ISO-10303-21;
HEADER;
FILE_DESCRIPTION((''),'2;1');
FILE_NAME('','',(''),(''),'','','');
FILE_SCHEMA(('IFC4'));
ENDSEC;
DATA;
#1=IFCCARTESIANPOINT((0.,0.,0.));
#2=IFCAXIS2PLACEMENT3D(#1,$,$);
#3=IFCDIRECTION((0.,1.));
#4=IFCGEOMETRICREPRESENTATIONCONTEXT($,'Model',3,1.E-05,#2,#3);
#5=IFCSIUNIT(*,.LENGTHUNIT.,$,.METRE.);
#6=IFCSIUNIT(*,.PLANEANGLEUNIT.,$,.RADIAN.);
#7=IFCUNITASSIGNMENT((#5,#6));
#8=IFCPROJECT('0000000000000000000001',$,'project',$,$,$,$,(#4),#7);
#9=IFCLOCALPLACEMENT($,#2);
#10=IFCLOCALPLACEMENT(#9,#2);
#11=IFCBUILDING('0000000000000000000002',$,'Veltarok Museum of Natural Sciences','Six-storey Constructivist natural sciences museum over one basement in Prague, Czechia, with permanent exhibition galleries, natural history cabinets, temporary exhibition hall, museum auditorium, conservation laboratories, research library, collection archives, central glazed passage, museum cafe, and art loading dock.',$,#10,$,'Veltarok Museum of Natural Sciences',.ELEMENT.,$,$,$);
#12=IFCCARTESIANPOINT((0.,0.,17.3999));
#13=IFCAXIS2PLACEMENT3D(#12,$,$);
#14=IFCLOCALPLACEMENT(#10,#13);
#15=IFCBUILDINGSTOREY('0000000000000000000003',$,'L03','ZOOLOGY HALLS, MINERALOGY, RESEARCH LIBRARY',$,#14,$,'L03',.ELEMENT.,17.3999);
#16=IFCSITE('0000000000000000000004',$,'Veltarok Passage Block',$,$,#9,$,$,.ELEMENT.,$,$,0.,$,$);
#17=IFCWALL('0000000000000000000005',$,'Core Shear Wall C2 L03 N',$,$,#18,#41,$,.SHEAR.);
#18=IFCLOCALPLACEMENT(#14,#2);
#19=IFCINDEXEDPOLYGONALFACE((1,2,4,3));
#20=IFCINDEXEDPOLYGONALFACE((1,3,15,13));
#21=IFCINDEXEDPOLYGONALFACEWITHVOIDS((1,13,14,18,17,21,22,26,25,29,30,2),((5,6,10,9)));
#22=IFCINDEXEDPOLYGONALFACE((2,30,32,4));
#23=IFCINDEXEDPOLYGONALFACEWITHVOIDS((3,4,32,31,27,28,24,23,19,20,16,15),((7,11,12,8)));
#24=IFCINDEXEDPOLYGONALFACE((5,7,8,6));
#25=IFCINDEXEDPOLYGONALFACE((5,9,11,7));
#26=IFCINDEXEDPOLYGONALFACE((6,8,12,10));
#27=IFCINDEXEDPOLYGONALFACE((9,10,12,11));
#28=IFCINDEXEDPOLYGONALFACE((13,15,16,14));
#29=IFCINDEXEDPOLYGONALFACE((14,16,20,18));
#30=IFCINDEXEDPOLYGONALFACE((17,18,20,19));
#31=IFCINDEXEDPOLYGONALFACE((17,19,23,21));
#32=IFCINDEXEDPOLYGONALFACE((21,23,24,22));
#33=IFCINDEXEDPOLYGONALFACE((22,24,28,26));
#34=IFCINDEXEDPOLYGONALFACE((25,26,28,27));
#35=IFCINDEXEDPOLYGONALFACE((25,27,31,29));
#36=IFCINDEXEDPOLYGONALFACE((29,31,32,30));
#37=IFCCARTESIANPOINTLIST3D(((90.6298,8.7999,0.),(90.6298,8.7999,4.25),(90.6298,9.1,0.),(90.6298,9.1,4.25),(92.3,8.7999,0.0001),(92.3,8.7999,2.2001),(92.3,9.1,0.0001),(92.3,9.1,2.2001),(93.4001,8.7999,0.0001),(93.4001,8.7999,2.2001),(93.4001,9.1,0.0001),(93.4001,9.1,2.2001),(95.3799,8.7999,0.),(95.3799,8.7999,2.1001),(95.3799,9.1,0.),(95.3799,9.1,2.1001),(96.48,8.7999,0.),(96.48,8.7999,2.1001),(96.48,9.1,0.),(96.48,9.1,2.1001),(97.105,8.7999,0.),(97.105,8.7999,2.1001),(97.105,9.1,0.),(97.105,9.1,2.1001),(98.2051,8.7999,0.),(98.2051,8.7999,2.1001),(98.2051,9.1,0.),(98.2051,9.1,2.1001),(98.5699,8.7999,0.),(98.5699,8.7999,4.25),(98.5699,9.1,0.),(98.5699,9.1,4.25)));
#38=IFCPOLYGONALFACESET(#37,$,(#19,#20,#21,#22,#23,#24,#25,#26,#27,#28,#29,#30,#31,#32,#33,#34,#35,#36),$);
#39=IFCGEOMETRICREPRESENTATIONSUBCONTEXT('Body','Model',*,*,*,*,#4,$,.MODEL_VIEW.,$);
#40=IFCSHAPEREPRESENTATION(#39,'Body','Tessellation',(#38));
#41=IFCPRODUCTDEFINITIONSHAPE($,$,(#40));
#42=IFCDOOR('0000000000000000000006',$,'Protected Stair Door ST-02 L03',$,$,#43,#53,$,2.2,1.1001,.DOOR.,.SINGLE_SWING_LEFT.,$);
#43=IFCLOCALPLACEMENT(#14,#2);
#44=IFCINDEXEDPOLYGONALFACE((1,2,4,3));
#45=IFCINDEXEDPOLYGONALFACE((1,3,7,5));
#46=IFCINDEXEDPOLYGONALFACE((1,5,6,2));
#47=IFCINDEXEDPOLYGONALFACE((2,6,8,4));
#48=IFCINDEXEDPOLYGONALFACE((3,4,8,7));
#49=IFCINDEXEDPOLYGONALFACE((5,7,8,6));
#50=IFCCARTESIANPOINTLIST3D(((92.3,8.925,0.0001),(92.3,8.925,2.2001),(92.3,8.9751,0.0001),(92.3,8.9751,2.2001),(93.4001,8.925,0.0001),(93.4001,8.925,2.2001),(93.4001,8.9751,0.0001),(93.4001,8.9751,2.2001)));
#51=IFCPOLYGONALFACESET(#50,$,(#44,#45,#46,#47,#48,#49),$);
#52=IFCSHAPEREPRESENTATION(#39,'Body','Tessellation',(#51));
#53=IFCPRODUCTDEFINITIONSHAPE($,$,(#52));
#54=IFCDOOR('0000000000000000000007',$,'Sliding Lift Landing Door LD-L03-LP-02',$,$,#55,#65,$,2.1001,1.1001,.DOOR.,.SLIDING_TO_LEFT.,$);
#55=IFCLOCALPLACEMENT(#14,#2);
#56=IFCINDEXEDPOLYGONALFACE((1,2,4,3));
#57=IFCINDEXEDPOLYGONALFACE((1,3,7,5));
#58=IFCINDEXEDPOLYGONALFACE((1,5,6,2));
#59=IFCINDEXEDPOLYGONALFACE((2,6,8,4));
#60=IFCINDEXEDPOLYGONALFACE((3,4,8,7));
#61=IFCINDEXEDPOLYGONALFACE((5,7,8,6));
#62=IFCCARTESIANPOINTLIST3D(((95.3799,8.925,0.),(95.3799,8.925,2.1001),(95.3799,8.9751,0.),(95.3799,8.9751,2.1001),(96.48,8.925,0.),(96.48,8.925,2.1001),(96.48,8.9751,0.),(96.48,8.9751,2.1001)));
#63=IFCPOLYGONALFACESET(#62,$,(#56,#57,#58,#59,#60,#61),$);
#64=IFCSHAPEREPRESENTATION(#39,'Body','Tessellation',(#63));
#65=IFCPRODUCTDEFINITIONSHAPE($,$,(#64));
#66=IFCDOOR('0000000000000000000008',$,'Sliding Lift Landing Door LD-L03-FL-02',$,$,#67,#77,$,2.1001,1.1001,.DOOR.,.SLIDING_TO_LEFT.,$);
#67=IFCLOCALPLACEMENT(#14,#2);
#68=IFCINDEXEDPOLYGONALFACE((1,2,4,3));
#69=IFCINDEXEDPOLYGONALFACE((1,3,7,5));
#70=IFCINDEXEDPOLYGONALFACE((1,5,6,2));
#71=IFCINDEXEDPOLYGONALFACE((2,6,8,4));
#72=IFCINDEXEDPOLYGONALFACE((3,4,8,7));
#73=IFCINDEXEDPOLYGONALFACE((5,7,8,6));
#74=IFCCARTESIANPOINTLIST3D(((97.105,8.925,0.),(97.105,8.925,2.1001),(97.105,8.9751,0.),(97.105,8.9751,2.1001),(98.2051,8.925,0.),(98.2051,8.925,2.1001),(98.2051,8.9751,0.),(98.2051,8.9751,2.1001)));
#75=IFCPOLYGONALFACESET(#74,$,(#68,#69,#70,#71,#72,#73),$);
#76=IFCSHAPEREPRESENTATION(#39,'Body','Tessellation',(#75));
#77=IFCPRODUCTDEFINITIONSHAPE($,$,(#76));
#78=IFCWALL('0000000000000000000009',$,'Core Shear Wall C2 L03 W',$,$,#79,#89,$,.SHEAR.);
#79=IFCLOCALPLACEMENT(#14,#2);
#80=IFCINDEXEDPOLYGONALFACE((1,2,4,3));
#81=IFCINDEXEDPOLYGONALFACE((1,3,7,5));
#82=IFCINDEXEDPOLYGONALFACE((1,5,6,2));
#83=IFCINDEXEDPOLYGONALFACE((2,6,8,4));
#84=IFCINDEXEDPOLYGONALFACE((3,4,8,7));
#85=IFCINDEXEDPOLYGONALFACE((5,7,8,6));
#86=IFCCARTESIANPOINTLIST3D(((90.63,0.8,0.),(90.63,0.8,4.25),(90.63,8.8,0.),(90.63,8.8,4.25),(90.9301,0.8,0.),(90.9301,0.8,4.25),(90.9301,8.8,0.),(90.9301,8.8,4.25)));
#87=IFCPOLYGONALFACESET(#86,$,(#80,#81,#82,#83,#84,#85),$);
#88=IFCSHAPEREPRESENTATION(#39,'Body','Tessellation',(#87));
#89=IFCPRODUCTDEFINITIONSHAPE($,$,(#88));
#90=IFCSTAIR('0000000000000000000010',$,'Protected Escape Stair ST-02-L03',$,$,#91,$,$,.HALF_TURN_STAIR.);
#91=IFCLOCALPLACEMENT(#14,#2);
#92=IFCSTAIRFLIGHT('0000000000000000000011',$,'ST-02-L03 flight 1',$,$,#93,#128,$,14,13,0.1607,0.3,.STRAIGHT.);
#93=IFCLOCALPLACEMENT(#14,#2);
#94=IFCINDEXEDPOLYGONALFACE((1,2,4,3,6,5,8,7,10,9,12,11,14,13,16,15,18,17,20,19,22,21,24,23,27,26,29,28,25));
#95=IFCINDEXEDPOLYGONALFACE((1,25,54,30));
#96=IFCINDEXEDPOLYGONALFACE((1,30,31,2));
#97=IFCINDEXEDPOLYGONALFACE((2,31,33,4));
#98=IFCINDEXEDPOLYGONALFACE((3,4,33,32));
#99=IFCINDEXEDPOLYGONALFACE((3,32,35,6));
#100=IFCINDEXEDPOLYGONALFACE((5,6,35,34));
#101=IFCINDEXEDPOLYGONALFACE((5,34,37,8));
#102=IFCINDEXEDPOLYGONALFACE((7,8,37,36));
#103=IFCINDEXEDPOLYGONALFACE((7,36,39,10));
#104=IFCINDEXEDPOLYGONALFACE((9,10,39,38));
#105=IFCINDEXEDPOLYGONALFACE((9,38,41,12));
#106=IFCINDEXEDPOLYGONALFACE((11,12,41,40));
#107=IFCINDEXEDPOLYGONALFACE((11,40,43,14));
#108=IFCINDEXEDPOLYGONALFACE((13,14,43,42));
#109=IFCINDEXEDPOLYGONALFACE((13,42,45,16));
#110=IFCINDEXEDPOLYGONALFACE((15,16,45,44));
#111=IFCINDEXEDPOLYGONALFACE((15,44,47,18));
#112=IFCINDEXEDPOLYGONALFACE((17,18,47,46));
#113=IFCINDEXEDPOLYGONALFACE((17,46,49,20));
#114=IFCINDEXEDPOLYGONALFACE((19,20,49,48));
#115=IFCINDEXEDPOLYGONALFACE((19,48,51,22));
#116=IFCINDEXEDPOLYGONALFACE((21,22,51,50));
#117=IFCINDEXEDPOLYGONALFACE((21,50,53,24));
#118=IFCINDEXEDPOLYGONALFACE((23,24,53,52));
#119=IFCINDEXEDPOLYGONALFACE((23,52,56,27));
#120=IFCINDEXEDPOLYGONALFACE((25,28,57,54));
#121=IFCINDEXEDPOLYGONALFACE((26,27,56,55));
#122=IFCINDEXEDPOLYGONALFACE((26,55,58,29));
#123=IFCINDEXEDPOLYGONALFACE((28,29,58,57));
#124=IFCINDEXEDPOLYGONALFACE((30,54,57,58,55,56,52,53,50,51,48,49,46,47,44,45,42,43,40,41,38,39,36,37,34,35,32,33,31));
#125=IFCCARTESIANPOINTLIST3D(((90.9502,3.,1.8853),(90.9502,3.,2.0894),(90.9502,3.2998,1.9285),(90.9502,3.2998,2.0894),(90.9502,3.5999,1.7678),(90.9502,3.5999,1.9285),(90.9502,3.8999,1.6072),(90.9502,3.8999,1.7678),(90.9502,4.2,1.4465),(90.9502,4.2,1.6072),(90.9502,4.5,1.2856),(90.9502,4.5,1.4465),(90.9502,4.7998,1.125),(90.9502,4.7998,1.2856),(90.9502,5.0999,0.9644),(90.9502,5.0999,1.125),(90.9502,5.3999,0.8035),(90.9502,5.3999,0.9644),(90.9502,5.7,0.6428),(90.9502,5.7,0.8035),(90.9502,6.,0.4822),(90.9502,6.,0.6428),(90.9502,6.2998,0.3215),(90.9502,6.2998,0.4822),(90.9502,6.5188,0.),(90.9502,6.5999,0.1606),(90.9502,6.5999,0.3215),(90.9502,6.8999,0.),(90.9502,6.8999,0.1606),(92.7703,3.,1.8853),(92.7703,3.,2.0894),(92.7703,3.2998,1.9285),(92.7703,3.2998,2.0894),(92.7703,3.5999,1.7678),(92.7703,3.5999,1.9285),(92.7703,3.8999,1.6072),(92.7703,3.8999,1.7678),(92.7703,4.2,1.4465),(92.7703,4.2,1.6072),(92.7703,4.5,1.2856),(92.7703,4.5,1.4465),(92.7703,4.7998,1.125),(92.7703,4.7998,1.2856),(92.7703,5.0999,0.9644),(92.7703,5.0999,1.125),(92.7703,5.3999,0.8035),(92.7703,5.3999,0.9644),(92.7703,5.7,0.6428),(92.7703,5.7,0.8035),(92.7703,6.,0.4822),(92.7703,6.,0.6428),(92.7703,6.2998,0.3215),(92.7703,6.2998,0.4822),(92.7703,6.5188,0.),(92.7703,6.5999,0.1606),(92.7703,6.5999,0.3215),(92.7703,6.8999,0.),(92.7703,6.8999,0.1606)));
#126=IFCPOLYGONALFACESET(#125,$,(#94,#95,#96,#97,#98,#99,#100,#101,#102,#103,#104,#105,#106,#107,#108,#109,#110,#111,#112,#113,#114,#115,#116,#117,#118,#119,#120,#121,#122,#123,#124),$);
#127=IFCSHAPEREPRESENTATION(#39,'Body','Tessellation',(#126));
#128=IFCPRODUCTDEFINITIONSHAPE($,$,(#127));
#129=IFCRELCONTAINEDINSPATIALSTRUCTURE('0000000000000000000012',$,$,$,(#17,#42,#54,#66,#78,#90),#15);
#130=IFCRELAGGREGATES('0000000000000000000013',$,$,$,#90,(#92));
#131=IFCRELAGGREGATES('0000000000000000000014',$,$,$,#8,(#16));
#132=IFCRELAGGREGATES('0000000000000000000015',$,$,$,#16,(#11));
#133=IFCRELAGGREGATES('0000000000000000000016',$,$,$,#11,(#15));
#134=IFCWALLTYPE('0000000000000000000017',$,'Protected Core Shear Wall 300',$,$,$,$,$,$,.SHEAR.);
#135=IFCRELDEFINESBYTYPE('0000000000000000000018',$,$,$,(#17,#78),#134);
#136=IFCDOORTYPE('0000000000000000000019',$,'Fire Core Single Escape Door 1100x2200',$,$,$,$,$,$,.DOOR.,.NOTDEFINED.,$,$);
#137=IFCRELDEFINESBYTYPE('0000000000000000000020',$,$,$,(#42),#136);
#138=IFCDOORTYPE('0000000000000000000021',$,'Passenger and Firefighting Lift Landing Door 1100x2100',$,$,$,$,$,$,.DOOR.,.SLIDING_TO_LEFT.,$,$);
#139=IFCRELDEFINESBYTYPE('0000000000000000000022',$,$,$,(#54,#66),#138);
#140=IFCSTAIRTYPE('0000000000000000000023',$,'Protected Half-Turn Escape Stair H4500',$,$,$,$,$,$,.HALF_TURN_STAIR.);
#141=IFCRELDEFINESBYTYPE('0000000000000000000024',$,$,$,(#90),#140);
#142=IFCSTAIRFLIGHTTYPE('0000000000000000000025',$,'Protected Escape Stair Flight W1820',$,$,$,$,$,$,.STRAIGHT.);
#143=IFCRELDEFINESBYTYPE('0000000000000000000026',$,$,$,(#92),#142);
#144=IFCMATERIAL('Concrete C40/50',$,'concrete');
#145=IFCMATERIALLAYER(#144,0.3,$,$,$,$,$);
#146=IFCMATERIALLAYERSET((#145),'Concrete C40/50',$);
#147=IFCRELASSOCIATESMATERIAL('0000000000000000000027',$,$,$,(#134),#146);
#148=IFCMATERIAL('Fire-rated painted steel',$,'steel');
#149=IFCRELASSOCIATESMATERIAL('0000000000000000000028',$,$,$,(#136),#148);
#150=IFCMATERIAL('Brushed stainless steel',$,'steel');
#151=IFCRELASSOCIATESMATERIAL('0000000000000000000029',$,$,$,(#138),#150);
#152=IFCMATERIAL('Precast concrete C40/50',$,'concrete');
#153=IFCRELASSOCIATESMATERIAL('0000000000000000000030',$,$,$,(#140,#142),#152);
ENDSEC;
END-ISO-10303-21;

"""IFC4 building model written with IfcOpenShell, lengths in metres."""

from ifc_helpers import new_model, si_unit, direction, frame, frame_2d, origin, place, context, subcontext, project, spatial, polyline, rectangle, outline, extrude, material, layer, layer_set, type_object, element, fill, aggregate, save


model = new_model("IFC4")

# Units and contexts
model_context = context("Model", 3, precision=1e-05, world=origin(), true_north=direction((0.0, 1.0)))
body_context = subcontext(model_context, "Body", "Model", "MODEL_VIEW")
ifc_project = project(units=[si_unit("LENGTHUNIT", "METRE"), si_unit("PLANEANGLEUNIT", "RADIAN")], contexts=[model_context])

# Site, building, storey
site_placement = place(None, origin())
site = spatial("IfcSite", under=ifc_project, at=site_placement, Name="Veltarok Passage Block", CompositionType="ELEMENT", RefElevation=0.0)
building_placement = place(site_placement, origin())
building = spatial("IfcBuilding", under=site, at=building_placement, Name="Veltarok Museum of Natural Sciences", Description="Six-storey Constructivist natural sciences museum over one basement in Prague, Czechia, with permanent exhibition galleries, natural history cabinets, temporary exhibition hall, museum auditorium, conservation laboratories, research library, collection archives, central glazed passage, museum cafe, and art loading dock.", LongName="Veltarok Museum of Natural Sciences", CompositionType="ELEMENT")
storey_placement = place(building_placement, frame((0.0, 0.0, 17.3999)))
storey = spatial("IfcBuildingStorey", under=building, at=storey_placement, Name="L03", Description="ZOOLOGY HALLS, MINERALOGY, RESEARCH LIBRARY", LongName="L03", CompositionType="ELEMENT", Elevation=17.3999)

# Shared definitions
ifc_material_1 = material(Name="Concrete C40/50", Category="concrete")

# Wall, openings, doors
ifc_layer_1 = layer(ifc_material_1, 0.3)
ifc_layer_set_1 = layer_set([ifc_layer_1], Name="Concrete C40/50")
wall_type_1 = type_object("IfcWallType", Name="Protected Core Shear Wall 300", PredefinedType="SHEAR", material=ifc_layer_set_1)
wall_1_placement = place(storey_placement, frame((98.5701, 8.95, 0.0), z_axis=(0.0, 0.0, 1.0), x_axis=(-1.0, 0.0, 0.0)))
wall_1 = element("IfcWall", 1, at=wall_1_placement, inside=storey, type_object=wall_type_1, Name="Core Shear Wall C2 L03 N", PredefinedType="SHEAR", context=body_context, shape_type="SweptSolid", body=[
    extrude(rectangle(XDim=7.9402, YDim=0.3, at=frame_2d((3.9702, 0.0))), origin(), (0.0, 0.0, 1.0), 4.25),
])
opening_1_placement = place(wall_1_placement, frame((5.1699, 0.0, 0.0)))
opening_1 = element("IfcOpeningElement", 2, at=opening_1_placement, cuts=wall_1, PredefinedType="OPENING", context=body_context, shape_type="SweptSolid", body=[
    extrude(rectangle(XDim=1.1001, YDim=2.2, at=frame_2d((0.55, 1.1001))), frame((0.0, 0.1602, 0.0), z_axis=(0.0, -1.0, 0.0), x_axis=(1.0, 0.0, 0.0)), (0.0, 0.0, 1.0), 0.3201),
])
opening_2_placement = place(wall_1_placement, frame((2.0901, 0.0, 0.0)))
opening_2 = element("IfcOpeningElement", 3, at=opening_2_placement, cuts=wall_1, PredefinedType="OPENING", context=body_context, shape_type="SweptSolid", body=[
    extrude(rectangle(XDim=1.1001, YDim=2.1001, at=frame_2d((0.55, 1.05))), frame((0.0, 0.1602, 0.0), z_axis=(0.0, -1.0, 0.0), x_axis=(1.0, 0.0, 0.0)), (0.0, 0.0, 1.0), 0.3201),
])
opening_3_placement = place(wall_1_placement, frame((0.365, 0.0, 0.0)))
opening_3 = element("IfcOpeningElement", 4, at=opening_3_placement, cuts=wall_1, PredefinedType="OPENING", context=body_context, shape_type="SweptSolid", body=[
    extrude(rectangle(XDim=1.1001, YDim=2.1001, at=frame_2d((0.55, 1.05))), frame((0.0, 0.1602, 0.0), z_axis=(0.0, -1.0, 0.0), x_axis=(1.0, 0.0, 0.0)), (0.0, 0.0, 1.0), 0.3201),
])
ifc_material_2 = material(Name="Fire-rated painted steel", Category="steel")
door_type_1 = type_object("IfcDoorType", Name="Fire Core Single Escape Door 1100x2200", OperationType="NOTDEFINED", PredefinedType="DOOR", material=ifc_material_2)
door_1_placement = place(opening_1_placement, origin())
door_1 = element("IfcDoor", 5, at=door_1_placement, inside=storey, type_object=door_type_1, Name="Protected Stair Door ST-02 L03", OperationType="SINGLE_SWING_LEFT", OverallHeight=2.2, OverallWidth=1.1001, PredefinedType="DOOR", context=body_context, shape_type="SweptSolid", body=[
    extrude(rectangle(XDim=1.1001, YDim=2.2, at=frame_2d((0.55, 1.1001))), frame((0.0, 0.0249, 0.0), z_axis=(0.0, -1.0, 0.0), x_axis=(1.0, 0.0, 0.0)), (0.0, 0.0, 1.0), 0.05),
])
fill(opening_1, door_1)
ifc_material_3 = material(Name="Brushed stainless steel", Category="steel")
door_type_2 = type_object("IfcDoorType", Name="Passenger and Firefighting Lift Landing Door 1100x2100", OperationType="SLIDING_TO_LEFT", PredefinedType="DOOR", material=ifc_material_3)
door_2_placement = place(opening_2_placement, origin())
door_2 = element("IfcDoor", 6, at=door_2_placement, inside=storey, type_object=door_type_2, Name="Sliding Lift Landing Door LD-L03-LP-02", OperationType="SLIDING_TO_LEFT", OverallHeight=2.1001, OverallWidth=1.1001, PredefinedType="DOOR", context=body_context, shape_type="SweptSolid", body=[
    extrude(rectangle(XDim=1.1001, YDim=2.1001, at=frame_2d((0.55, 1.05))), frame((0.0, 0.0249, 0.0), z_axis=(0.0, -1.0, 0.0), x_axis=(1.0, 0.0, 0.0)), (0.0, 0.0, 1.0), 0.05),
])
fill(opening_2, door_2)
door_3_placement = place(opening_3_placement, origin())
door_3 = element("IfcDoor", 7, at=door_3_placement, inside=storey, type_object=door_type_2, Name="Sliding Lift Landing Door LD-L03-FL-02", OperationType="SLIDING_TO_LEFT", OverallHeight=2.1001, OverallWidth=1.1001, PredefinedType="DOOR", context=body_context, shape_type="SweptSolid", body=[
    extrude(rectangle(XDim=1.1001, YDim=2.1001, at=frame_2d((0.55, 1.05))), frame((0.0, 0.0249, 0.0), z_axis=(0.0, -1.0, 0.0), x_axis=(1.0, 0.0, 0.0)), (0.0, 0.0, 1.0), 0.05),
])
fill(opening_3, door_3)

# Wall
wall_2_placement = place(storey_placement, frame((90.78, 8.8, 0.0), z_axis=(0.0, 0.0, 1.0), x_axis=(0.0, -1.0, 0.0)))
element("IfcWall", 8, at=wall_2_placement, inside=storey, type_object=wall_type_1, Name="Core Shear Wall C2 L03 W", PredefinedType="SHEAR", context=body_context, shape_type="SweptSolid", body=[
    extrude(rectangle(XDim=8.0, YDim=0.3, at=frame_2d((4.0, 0.0))), origin(), (0.0, 0.0, 1.0), 4.25),
])

# Stair, stair flight
ifc_material_4 = material(Name="Precast concrete C40/50", Category="concrete")
stair_type = type_object("IfcStairType", Name="Protected Half-Turn Escape Stair H4500", PredefinedType="HALF_TURN_STAIR", material=ifc_material_4)
stair_placement = place(storey_placement, origin())
stair = element("IfcStair", 9, at=stair_placement, inside=storey, type_object=stair_type, Name="Protected Escape Stair ST-02-L03", PredefinedType="HALF_TURN_STAIR")
stair_flight_type = type_object("IfcStairFlightType", Name="Protected Escape Stair Flight W1820", PredefinedType="STRAIGHT", material=ifc_material_4)
stair_flight_placement = place(storey_placement, frame((91.8601, 6.8999, 0.0), z_axis=(0.0, 0.0, 1.0), x_axis=(0.0, -1.0, 0.0)))
stair_flight = element("IfcStairFlight", 10, at=stair_flight_placement, type_object=stair_flight_type, Name="ST-02-L03 flight 1", NumberOfRisers=14, NumberOfTreads=13, PredefinedType="STRAIGHT", RiserHeight=0.1607, TreadLength=0.3, context=body_context, shape_type="SweptSolid", body=[
    extrude(outline(polyline([(0.0, 0.0), (0.0, 0.1606), (0.3, 0.1606), (0.3, 0.3215), (0.6001, 0.3215), (0.6001, 0.4822), (0.8999, 0.4822), (0.8999, 0.6428), (1.2, 0.6428), (1.2, 0.8035), (1.5, 0.8035), (1.5, 0.9644), (1.8, 0.9644), (1.8, 1.125), (2.1001, 1.125), (2.1001, 1.2856), (2.3999, 1.2856), (2.3999, 1.4465), (2.7, 1.4465), (2.7, 1.6072), (3.0, 1.6072), (3.0, 1.7678), (3.3, 1.7678), (3.3, 1.9285), (3.6001, 1.9285), (3.6001, 2.0894), (3.8999, 2.0894), (3.8999, 2.25), (3.8999, 1.8853), (0.3811, 0.0), (0.0, 0.0)])), frame((0.0, 0.9102, 0.0), z_axis=(0.0, -1.0, 0.0), x_axis=(1.0, 0.0, 0.0)), (0.0, 0.0, 1.0), 1.8201),
])
aggregate(stair, [stair_flight])

save(model, "model.ifc")
